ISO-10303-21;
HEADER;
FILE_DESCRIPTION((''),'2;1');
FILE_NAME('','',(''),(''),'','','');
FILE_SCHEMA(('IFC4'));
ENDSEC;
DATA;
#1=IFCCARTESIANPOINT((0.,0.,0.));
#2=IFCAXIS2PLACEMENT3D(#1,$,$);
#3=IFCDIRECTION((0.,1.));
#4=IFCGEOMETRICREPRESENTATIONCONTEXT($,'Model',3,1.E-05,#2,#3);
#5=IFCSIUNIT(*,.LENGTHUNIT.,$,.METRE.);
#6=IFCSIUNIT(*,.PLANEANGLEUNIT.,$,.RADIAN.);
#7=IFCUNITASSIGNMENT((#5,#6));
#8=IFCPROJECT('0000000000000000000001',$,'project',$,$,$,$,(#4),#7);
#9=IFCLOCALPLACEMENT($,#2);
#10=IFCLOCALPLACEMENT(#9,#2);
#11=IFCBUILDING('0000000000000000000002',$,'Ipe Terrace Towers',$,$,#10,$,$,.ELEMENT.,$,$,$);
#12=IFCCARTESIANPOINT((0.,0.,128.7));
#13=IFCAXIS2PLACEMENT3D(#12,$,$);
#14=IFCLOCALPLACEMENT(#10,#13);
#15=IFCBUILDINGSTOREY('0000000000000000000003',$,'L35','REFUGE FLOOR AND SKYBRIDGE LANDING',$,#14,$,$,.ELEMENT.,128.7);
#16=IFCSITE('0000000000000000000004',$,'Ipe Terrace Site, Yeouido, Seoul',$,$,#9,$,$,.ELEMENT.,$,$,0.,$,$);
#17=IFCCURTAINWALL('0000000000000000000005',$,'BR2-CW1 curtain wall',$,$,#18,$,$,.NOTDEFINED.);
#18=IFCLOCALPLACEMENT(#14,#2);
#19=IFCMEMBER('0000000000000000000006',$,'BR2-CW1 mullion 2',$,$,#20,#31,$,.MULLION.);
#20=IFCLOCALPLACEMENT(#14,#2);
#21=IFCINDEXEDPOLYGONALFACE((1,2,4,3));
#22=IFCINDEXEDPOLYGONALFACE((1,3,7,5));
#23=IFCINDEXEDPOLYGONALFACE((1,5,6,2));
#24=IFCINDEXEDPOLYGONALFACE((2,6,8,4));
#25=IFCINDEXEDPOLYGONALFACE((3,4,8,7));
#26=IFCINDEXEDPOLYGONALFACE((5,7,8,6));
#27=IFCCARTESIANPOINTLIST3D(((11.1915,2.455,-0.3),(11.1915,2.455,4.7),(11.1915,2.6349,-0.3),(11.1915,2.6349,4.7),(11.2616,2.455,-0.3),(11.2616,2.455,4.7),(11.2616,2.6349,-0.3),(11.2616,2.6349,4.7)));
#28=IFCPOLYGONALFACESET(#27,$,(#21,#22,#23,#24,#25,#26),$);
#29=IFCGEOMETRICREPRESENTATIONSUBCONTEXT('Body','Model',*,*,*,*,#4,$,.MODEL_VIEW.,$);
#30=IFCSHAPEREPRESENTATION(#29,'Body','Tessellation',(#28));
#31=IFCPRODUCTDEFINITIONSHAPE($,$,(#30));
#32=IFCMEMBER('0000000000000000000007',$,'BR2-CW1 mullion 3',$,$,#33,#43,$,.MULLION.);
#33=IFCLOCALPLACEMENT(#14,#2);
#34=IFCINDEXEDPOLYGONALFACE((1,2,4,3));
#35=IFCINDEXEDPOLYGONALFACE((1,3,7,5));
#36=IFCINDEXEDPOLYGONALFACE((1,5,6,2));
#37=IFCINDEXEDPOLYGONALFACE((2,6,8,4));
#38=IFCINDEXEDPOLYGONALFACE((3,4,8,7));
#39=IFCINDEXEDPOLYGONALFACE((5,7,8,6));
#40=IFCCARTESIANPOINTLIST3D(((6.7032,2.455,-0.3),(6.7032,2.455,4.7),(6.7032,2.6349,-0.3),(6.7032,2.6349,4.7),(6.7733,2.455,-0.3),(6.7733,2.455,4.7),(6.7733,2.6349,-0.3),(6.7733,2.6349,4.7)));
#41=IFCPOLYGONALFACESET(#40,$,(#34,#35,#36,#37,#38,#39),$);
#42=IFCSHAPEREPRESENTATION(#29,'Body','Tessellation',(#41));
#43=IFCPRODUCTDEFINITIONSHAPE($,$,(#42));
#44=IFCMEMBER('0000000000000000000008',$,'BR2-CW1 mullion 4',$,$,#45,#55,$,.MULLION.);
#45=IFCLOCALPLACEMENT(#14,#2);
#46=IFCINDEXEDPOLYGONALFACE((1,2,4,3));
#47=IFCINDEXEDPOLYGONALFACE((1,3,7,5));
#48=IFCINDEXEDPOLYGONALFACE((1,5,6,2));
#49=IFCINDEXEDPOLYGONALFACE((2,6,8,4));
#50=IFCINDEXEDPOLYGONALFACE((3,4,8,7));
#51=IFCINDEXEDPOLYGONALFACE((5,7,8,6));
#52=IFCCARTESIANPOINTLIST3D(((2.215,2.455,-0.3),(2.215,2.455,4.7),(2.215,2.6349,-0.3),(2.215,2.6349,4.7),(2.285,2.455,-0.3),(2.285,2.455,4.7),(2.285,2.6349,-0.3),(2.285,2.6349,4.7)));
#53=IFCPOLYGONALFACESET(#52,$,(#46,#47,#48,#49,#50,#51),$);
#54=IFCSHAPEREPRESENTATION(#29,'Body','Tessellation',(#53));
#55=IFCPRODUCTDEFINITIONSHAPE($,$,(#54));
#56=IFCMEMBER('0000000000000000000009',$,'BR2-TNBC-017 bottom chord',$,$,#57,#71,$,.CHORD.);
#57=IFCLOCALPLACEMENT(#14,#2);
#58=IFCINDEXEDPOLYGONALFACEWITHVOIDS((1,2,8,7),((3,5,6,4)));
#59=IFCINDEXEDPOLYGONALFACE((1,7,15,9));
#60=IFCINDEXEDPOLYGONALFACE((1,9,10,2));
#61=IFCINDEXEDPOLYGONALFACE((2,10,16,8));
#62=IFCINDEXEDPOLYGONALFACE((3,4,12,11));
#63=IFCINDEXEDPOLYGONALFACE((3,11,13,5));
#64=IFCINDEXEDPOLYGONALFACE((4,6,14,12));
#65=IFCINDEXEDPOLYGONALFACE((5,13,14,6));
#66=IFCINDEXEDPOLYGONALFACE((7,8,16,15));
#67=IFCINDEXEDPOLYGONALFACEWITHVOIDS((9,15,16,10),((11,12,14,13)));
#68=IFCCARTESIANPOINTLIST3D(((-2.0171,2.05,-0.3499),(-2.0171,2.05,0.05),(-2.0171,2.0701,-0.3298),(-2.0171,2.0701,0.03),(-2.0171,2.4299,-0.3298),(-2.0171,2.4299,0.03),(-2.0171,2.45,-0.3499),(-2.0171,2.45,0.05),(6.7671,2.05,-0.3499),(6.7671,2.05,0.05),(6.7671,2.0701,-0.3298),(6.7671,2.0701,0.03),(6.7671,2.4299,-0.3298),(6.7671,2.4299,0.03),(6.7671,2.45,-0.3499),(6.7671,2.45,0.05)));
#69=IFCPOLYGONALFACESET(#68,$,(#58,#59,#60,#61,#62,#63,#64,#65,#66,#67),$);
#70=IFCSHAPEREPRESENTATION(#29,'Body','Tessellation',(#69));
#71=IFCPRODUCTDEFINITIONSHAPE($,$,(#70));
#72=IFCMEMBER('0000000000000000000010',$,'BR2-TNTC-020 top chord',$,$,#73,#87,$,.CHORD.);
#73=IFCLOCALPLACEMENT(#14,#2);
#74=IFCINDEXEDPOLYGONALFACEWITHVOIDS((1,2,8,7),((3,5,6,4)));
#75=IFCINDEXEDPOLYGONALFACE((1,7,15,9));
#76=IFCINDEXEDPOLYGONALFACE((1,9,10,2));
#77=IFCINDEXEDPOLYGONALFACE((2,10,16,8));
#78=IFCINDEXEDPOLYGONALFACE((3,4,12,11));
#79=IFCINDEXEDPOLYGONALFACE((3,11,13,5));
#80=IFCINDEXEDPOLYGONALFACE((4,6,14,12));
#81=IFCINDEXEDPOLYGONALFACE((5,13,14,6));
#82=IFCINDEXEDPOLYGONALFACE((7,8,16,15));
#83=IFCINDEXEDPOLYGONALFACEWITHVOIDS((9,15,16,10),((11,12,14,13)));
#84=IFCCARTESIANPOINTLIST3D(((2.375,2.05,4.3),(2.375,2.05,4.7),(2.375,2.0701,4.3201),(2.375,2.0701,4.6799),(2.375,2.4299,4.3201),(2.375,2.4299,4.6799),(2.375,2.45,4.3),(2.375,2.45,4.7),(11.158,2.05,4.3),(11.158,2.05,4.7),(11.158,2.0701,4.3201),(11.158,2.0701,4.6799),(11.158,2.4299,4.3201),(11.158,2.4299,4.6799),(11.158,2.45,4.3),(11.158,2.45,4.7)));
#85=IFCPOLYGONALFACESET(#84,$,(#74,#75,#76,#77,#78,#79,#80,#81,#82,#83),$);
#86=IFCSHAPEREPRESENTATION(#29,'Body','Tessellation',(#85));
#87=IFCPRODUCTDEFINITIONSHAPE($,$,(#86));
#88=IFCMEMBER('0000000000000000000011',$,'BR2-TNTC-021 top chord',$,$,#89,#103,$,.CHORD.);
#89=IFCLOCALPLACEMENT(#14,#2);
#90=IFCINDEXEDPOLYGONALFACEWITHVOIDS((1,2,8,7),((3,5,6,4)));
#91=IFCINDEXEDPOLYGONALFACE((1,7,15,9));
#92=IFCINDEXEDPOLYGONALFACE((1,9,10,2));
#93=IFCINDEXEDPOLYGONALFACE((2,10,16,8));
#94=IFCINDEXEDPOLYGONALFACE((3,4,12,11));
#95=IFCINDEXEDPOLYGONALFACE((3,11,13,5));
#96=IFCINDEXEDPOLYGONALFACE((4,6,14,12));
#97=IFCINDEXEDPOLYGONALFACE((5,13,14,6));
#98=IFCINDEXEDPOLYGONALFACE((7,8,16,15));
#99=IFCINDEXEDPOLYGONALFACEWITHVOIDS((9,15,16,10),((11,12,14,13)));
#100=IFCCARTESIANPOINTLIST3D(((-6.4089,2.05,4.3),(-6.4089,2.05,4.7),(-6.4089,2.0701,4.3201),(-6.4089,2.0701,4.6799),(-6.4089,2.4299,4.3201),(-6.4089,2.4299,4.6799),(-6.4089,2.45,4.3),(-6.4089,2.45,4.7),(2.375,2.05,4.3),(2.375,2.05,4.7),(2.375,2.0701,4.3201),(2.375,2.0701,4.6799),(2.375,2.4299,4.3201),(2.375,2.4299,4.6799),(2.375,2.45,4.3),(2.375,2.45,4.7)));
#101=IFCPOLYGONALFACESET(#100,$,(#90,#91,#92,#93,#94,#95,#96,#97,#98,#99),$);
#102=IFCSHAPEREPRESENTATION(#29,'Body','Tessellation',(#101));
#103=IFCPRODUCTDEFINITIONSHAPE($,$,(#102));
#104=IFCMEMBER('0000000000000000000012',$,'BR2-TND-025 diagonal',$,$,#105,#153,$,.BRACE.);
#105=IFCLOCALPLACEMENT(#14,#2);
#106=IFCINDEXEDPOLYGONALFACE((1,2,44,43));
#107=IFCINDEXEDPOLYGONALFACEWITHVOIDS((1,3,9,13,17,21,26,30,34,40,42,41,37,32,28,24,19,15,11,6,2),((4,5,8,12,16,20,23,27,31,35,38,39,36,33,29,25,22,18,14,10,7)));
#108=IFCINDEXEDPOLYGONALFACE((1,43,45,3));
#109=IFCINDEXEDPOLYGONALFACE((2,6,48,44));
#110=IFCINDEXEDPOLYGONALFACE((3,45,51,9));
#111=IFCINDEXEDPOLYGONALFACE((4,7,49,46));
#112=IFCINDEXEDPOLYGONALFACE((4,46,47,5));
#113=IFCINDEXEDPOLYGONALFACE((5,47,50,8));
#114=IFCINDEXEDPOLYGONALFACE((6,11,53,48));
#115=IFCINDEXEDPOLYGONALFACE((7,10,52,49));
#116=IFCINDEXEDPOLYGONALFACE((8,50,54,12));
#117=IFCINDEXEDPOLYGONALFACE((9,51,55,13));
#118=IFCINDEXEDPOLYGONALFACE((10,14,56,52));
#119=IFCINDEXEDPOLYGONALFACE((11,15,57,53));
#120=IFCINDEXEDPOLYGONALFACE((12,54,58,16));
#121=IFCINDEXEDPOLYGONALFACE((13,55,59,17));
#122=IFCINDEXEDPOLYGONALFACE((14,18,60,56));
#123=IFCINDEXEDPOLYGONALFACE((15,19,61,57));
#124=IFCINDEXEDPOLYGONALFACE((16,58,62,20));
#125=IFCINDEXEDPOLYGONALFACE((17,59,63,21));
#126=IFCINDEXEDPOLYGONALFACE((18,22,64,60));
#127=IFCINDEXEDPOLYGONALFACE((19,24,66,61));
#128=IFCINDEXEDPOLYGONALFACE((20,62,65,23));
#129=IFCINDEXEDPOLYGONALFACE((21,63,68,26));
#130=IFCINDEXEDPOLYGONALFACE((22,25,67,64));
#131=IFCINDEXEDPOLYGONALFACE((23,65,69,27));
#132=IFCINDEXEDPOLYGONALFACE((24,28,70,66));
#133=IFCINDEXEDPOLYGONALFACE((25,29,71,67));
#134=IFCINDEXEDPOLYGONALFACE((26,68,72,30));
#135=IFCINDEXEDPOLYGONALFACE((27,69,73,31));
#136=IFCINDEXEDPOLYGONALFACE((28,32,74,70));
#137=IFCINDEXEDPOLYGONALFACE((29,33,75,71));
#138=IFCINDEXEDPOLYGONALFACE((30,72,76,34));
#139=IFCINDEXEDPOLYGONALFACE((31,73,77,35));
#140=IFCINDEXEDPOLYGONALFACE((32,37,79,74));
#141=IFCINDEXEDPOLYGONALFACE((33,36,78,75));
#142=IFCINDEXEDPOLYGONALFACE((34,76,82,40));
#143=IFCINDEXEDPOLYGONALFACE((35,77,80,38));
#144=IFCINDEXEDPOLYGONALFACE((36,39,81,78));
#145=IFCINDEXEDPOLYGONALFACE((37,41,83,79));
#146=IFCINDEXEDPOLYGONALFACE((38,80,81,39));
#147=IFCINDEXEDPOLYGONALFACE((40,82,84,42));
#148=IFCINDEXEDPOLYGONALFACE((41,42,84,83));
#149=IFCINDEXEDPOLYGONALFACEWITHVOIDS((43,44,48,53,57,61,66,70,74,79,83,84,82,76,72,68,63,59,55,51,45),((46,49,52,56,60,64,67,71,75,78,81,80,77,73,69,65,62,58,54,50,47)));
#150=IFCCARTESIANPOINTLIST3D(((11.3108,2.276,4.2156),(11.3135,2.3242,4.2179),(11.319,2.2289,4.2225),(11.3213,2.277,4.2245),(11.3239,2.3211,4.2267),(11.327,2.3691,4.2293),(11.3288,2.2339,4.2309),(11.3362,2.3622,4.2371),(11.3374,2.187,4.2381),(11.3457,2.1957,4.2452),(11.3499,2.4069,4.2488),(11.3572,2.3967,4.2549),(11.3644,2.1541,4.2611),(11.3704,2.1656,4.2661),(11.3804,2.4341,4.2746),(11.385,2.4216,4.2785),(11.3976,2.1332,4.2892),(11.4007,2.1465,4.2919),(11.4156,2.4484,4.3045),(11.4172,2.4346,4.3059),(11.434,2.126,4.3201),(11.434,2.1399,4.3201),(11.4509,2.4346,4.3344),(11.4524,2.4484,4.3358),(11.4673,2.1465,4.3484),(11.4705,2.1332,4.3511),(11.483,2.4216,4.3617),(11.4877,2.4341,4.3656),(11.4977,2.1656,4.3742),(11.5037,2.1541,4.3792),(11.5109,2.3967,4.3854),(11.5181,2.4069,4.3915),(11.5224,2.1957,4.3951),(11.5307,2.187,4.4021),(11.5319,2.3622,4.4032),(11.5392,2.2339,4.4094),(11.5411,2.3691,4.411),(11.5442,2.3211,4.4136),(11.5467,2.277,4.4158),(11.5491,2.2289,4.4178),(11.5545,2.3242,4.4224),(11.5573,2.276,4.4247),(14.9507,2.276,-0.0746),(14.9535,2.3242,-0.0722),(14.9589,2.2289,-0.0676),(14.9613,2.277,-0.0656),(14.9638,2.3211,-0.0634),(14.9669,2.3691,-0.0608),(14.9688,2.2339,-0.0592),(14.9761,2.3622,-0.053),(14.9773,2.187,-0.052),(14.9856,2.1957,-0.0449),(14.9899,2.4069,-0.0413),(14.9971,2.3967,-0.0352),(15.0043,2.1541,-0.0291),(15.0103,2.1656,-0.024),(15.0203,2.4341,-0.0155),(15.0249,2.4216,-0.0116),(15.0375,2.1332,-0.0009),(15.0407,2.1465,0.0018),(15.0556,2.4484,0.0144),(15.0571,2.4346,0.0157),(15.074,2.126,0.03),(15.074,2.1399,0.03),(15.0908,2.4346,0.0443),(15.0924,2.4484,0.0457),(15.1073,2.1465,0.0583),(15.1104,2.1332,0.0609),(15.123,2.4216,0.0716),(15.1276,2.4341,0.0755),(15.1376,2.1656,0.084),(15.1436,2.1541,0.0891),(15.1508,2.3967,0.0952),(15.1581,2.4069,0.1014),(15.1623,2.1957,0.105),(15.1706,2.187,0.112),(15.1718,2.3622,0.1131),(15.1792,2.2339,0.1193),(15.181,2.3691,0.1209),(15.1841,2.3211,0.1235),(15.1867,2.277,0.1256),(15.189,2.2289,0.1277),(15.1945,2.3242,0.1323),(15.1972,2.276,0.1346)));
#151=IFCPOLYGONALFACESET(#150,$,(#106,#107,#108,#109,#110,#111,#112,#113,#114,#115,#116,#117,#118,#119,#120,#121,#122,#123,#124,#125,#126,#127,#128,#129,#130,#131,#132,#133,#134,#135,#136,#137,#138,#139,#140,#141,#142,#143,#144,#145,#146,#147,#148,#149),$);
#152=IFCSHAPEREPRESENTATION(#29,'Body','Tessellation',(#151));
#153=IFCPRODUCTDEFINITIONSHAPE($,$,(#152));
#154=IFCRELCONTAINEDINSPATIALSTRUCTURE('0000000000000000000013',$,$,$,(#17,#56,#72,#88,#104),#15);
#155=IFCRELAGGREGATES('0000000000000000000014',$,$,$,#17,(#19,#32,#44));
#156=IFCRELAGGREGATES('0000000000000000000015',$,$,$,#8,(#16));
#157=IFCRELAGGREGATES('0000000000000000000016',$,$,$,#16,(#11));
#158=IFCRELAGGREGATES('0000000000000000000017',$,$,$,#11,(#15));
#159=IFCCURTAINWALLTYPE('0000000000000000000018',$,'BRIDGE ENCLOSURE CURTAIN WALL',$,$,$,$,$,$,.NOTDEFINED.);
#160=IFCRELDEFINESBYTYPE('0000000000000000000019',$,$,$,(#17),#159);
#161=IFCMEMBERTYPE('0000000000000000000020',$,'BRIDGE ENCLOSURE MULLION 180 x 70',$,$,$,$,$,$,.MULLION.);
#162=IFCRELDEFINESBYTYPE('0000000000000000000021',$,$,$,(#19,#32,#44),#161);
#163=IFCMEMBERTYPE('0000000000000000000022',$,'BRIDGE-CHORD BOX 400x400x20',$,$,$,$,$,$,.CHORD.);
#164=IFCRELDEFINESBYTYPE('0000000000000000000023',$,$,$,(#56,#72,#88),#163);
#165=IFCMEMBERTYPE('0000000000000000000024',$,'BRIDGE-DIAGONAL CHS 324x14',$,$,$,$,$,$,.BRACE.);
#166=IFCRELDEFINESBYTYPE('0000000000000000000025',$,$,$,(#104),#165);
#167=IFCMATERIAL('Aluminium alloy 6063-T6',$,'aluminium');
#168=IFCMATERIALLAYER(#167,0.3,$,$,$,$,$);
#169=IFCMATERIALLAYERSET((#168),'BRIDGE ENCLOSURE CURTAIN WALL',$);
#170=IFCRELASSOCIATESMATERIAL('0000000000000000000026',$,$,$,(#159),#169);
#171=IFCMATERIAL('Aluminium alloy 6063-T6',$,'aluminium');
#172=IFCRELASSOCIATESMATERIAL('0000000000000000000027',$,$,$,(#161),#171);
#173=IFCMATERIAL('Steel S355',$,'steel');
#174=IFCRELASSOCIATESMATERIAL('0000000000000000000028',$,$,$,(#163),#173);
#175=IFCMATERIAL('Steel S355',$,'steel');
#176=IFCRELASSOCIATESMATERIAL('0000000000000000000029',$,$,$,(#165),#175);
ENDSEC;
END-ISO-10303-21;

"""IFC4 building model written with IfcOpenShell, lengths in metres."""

from ifc_helpers import new_model, si_unit, direction, frame, origin, origin_2d, place, context, subcontext, project, spatial, rectangle, hollow_rectangle, hollow_circle, extrude, material, layer, layer_set, material_profile, profile_set, type_object, element, aggregate, save


model = new_model("IFC4")

# Units and contexts
model_context = context("Model", 3, precision=1e-05, world=origin(), true_north=direction((0.0, 1.0)))
body_context = subcontext(model_context, "Body", "Model", "MODEL_VIEW")
ifc_project = project(units=[si_unit("LENGTHUNIT", "METRE"), si_unit("PLANEANGLEUNIT", "RADIAN")], contexts=[model_context])

# Site, building, storey
site_placement = place(None, origin())
site = spatial("IfcSite", under=ifc_project, at=site_placement, Name="Ipe Terrace Site, Yeouido, Seoul", CompositionType="ELEMENT", RefElevation=0.0)
building_placement = place(site_placement, origin())
building = spatial("IfcBuilding", under=site, at=building_placement, Name="Ipe Terrace Towers", CompositionType="ELEMENT")
storey_placement = place(building_placement, frame((0.0, 0.0, 128.7)))
storey = spatial("IfcBuildingStorey", under=building, at=storey_placement, Name="L35", Description="REFUGE FLOOR AND SKYBRIDGE LANDING", CompositionType="ELEMENT", Elevation=128.7)

# Curtain wall, members
ifc_material_1 = material(Name="Aluminium alloy 6063-T6", Category="aluminium")
ifc_layer_1 = layer(ifc_material_1, 0.3)
ifc_layer_set_1 = layer_set([ifc_layer_1], Name="BRIDGE ENCLOSURE CURTAIN WALL")
curtain_wall_type_1 = type_object("IfcCurtainWallType", Name="BRIDGE ENCLOSURE CURTAIN WALL", PredefinedType="NOTDEFINED", material=ifc_layer_set_1)
curtain_wall_1_placement = place(storey_placement, origin())
curtain_wall_1 = element("IfcCurtainWall", 1, at=curtain_wall_1_placement, inside=storey, type_object=curtain_wall_type_1, Name="BR2-CW1 curtain wall", PredefinedType="NOTDEFINED")
ifc_material_2 = material(Name="Aluminium alloy 6063-T6", Category="aluminium")
ifc_material_profile_1 = material_profile(ifc_material_2, rectangle(XDim=0.1799, YDim=0.0701, at=origin_2d()), Name="BRIDGE ENCLOSURE MULLION 180 x 70")
ifc_profile_set_1 = profile_set([ifc_material_profile_1], Name="Aluminium alloy 6063-T6")
member_type_1 = type_object("IfcMemberType", Name="BRIDGE ENCLOSURE MULLION 180 x 70", PredefinedType="MULLION", material=ifc_profile_set_1)
member_1_placement = place(storey_placement, frame((11.2266, 2.5449, -0.3), z_axis=(0.0, 0.0, 1.0), x_axis=(0.0, 1.0, 0.0)))
member_1 = element("IfcMember", 2, at=member_1_placement, type_object=member_type_1, Name="BR2-CW1 mullion 2", PredefinedType="MULLION", context=body_context, shape_type="SweptSolid", body=[
    extrude(rectangle(XDim=0.1799, YDim=0.0701, at=origin_2d()), origin(), (0.0, 0.0, 1.0), 5.0),
])
member_2_placement = place(storey_placement, frame((6.7383, 2.5449, -0.3), z_axis=(0.0, 0.0, 1.0), x_axis=(0.0, 1.0, 0.0)))
member_2 = element("IfcMember", 3, at=member_2_placement, type_object=member_type_1, Name="BR2-CW1 mullion 3", PredefinedType="MULLION", context=body_context, shape_type="SweptSolid", body=[
    extrude(rectangle(XDim=0.1799, YDim=0.0701, at=origin_2d()), origin(), (0.0, 0.0, 1.0), 5.0),
])
member_3_placement = place(storey_placement, frame((2.25, 2.5449, -0.3), z_axis=(0.0, 0.0, 1.0), x_axis=(0.0, 1.0, 0.0)))
member_3 = element("IfcMember", 4, at=member_3_placement, type_object=member_type_1, Name="BR2-CW1 mullion 4", PredefinedType="MULLION", context=body_context, shape_type="SweptSolid", body=[
    extrude(rectangle(XDim=0.1799, YDim=0.0701, at=origin_2d()), origin(), (0.0, 0.0, 1.0), 5.0),
])

# Members
ifc_material_3 = material(Name="Steel S355", Category="steel")
ifc_material_profile_2 = material_profile(ifc_material_3, hollow_rectangle(XDim=0.3999, YDim=0.3999, WallThickness=0.02, at=origin_2d()), Name="BRIDGE-CHORD BOX 400x400x20")
ifc_profile_set_2 = profile_set([ifc_material_profile_2], Name="Steel S355")
member_type_2 = type_object("IfcMemberType", Name="BRIDGE-CHORD BOX 400x400x20", PredefinedType="CHORD", material=ifc_profile_set_2)
member_4_placement = place(storey_placement, frame((6.7671, 2.25, -0.1499), z_axis=(-1.0, 0.0, 0.0), x_axis=(0.0, -1.0, 0.0)))
element("IfcMember", 5, at=member_4_placement, inside=storey, type_object=member_type_2, Name="BR2-TNBC-017 bottom chord", PredefinedType="CHORD", context=body_context, shape_type="SweptSolid", body=[
    extrude(hollow_rectangle(XDim=0.3999, YDim=0.3999, WallThickness=0.02, at=origin_2d()), origin(), (0.0, 0.0, 1.0), 8.7842),
])
member_5_placement = place(storey_placement, frame((11.158, 2.25, 4.5), z_axis=(-1.0, 0.0, 0.0), x_axis=(0.0, -1.0, 0.0)))
element("IfcMember", 6, at=member_5_placement, inside=storey, type_object=member_type_2, Name="BR2-TNTC-020 top chord", PredefinedType="CHORD", context=body_context, shape_type="SweptSolid", body=[
    extrude(hollow_rectangle(XDim=0.3999, YDim=0.3999, WallThickness=0.02, at=origin_2d()), origin(), (0.0, 0.0, 1.0), 8.783),
])
member_6_placement = place(storey_placement, frame((2.375, 2.25, 4.5), z_axis=(-1.0, 0.0, 0.0), x_axis=(0.0, -1.0, 0.0)))
element("IfcMember", 7, at=member_6_placement, inside=storey, type_object=member_type_2, Name="BR2-TNTC-021 top chord", PredefinedType="CHORD", context=body_context, shape_type="SweptSolid", body=[
    extrude(hollow_rectangle(XDim=0.3999, YDim=0.3999, WallThickness=0.02, at=origin_2d()), origin(), (0.0, 0.0, 1.0), 8.7839),
])
ifc_material_4 = material(Name="Steel S355", Category="steel")
ifc_material_profile_3 = material_profile(ifc_material_4, hollow_circle(Radius=0.1621, WallThickness=0.0139, at=origin_2d()), Name="BRIDGE-DIAGONAL CHS 324x14")
ifc_profile_set_3 = profile_set([ifc_material_profile_3], Name="Steel S355")
member_type_3 = type_object("IfcMemberType", Name="BRIDGE-DIAGONAL CHS 324x14", PredefinedType="BRACE", material=ifc_profile_set_3)
member_7_placement = place(storey_placement, frame((15.074, 2.2881, 0.03), z_axis=(-0.646963, 0.0, 0.762521), x_axis=(0.0, -1.0, 0.0)))
element("IfcMember", 8, at=member_7_placement, inside=storey, type_object=member_type_3, Name="BR2-TND-025 diagonal", PredefinedType="BRACE", context=body_context, shape_type="SweptSolid", body=[
    extrude(hollow_circle(Radius=0.1621, WallThickness=0.0139, at=origin_2d()), origin(), (0.0, 0.0, 1.0), 5.6262),
])

aggregate(curtain_wall_1, [member_1, member_2, member_3])

save(model, "model.ifc")
